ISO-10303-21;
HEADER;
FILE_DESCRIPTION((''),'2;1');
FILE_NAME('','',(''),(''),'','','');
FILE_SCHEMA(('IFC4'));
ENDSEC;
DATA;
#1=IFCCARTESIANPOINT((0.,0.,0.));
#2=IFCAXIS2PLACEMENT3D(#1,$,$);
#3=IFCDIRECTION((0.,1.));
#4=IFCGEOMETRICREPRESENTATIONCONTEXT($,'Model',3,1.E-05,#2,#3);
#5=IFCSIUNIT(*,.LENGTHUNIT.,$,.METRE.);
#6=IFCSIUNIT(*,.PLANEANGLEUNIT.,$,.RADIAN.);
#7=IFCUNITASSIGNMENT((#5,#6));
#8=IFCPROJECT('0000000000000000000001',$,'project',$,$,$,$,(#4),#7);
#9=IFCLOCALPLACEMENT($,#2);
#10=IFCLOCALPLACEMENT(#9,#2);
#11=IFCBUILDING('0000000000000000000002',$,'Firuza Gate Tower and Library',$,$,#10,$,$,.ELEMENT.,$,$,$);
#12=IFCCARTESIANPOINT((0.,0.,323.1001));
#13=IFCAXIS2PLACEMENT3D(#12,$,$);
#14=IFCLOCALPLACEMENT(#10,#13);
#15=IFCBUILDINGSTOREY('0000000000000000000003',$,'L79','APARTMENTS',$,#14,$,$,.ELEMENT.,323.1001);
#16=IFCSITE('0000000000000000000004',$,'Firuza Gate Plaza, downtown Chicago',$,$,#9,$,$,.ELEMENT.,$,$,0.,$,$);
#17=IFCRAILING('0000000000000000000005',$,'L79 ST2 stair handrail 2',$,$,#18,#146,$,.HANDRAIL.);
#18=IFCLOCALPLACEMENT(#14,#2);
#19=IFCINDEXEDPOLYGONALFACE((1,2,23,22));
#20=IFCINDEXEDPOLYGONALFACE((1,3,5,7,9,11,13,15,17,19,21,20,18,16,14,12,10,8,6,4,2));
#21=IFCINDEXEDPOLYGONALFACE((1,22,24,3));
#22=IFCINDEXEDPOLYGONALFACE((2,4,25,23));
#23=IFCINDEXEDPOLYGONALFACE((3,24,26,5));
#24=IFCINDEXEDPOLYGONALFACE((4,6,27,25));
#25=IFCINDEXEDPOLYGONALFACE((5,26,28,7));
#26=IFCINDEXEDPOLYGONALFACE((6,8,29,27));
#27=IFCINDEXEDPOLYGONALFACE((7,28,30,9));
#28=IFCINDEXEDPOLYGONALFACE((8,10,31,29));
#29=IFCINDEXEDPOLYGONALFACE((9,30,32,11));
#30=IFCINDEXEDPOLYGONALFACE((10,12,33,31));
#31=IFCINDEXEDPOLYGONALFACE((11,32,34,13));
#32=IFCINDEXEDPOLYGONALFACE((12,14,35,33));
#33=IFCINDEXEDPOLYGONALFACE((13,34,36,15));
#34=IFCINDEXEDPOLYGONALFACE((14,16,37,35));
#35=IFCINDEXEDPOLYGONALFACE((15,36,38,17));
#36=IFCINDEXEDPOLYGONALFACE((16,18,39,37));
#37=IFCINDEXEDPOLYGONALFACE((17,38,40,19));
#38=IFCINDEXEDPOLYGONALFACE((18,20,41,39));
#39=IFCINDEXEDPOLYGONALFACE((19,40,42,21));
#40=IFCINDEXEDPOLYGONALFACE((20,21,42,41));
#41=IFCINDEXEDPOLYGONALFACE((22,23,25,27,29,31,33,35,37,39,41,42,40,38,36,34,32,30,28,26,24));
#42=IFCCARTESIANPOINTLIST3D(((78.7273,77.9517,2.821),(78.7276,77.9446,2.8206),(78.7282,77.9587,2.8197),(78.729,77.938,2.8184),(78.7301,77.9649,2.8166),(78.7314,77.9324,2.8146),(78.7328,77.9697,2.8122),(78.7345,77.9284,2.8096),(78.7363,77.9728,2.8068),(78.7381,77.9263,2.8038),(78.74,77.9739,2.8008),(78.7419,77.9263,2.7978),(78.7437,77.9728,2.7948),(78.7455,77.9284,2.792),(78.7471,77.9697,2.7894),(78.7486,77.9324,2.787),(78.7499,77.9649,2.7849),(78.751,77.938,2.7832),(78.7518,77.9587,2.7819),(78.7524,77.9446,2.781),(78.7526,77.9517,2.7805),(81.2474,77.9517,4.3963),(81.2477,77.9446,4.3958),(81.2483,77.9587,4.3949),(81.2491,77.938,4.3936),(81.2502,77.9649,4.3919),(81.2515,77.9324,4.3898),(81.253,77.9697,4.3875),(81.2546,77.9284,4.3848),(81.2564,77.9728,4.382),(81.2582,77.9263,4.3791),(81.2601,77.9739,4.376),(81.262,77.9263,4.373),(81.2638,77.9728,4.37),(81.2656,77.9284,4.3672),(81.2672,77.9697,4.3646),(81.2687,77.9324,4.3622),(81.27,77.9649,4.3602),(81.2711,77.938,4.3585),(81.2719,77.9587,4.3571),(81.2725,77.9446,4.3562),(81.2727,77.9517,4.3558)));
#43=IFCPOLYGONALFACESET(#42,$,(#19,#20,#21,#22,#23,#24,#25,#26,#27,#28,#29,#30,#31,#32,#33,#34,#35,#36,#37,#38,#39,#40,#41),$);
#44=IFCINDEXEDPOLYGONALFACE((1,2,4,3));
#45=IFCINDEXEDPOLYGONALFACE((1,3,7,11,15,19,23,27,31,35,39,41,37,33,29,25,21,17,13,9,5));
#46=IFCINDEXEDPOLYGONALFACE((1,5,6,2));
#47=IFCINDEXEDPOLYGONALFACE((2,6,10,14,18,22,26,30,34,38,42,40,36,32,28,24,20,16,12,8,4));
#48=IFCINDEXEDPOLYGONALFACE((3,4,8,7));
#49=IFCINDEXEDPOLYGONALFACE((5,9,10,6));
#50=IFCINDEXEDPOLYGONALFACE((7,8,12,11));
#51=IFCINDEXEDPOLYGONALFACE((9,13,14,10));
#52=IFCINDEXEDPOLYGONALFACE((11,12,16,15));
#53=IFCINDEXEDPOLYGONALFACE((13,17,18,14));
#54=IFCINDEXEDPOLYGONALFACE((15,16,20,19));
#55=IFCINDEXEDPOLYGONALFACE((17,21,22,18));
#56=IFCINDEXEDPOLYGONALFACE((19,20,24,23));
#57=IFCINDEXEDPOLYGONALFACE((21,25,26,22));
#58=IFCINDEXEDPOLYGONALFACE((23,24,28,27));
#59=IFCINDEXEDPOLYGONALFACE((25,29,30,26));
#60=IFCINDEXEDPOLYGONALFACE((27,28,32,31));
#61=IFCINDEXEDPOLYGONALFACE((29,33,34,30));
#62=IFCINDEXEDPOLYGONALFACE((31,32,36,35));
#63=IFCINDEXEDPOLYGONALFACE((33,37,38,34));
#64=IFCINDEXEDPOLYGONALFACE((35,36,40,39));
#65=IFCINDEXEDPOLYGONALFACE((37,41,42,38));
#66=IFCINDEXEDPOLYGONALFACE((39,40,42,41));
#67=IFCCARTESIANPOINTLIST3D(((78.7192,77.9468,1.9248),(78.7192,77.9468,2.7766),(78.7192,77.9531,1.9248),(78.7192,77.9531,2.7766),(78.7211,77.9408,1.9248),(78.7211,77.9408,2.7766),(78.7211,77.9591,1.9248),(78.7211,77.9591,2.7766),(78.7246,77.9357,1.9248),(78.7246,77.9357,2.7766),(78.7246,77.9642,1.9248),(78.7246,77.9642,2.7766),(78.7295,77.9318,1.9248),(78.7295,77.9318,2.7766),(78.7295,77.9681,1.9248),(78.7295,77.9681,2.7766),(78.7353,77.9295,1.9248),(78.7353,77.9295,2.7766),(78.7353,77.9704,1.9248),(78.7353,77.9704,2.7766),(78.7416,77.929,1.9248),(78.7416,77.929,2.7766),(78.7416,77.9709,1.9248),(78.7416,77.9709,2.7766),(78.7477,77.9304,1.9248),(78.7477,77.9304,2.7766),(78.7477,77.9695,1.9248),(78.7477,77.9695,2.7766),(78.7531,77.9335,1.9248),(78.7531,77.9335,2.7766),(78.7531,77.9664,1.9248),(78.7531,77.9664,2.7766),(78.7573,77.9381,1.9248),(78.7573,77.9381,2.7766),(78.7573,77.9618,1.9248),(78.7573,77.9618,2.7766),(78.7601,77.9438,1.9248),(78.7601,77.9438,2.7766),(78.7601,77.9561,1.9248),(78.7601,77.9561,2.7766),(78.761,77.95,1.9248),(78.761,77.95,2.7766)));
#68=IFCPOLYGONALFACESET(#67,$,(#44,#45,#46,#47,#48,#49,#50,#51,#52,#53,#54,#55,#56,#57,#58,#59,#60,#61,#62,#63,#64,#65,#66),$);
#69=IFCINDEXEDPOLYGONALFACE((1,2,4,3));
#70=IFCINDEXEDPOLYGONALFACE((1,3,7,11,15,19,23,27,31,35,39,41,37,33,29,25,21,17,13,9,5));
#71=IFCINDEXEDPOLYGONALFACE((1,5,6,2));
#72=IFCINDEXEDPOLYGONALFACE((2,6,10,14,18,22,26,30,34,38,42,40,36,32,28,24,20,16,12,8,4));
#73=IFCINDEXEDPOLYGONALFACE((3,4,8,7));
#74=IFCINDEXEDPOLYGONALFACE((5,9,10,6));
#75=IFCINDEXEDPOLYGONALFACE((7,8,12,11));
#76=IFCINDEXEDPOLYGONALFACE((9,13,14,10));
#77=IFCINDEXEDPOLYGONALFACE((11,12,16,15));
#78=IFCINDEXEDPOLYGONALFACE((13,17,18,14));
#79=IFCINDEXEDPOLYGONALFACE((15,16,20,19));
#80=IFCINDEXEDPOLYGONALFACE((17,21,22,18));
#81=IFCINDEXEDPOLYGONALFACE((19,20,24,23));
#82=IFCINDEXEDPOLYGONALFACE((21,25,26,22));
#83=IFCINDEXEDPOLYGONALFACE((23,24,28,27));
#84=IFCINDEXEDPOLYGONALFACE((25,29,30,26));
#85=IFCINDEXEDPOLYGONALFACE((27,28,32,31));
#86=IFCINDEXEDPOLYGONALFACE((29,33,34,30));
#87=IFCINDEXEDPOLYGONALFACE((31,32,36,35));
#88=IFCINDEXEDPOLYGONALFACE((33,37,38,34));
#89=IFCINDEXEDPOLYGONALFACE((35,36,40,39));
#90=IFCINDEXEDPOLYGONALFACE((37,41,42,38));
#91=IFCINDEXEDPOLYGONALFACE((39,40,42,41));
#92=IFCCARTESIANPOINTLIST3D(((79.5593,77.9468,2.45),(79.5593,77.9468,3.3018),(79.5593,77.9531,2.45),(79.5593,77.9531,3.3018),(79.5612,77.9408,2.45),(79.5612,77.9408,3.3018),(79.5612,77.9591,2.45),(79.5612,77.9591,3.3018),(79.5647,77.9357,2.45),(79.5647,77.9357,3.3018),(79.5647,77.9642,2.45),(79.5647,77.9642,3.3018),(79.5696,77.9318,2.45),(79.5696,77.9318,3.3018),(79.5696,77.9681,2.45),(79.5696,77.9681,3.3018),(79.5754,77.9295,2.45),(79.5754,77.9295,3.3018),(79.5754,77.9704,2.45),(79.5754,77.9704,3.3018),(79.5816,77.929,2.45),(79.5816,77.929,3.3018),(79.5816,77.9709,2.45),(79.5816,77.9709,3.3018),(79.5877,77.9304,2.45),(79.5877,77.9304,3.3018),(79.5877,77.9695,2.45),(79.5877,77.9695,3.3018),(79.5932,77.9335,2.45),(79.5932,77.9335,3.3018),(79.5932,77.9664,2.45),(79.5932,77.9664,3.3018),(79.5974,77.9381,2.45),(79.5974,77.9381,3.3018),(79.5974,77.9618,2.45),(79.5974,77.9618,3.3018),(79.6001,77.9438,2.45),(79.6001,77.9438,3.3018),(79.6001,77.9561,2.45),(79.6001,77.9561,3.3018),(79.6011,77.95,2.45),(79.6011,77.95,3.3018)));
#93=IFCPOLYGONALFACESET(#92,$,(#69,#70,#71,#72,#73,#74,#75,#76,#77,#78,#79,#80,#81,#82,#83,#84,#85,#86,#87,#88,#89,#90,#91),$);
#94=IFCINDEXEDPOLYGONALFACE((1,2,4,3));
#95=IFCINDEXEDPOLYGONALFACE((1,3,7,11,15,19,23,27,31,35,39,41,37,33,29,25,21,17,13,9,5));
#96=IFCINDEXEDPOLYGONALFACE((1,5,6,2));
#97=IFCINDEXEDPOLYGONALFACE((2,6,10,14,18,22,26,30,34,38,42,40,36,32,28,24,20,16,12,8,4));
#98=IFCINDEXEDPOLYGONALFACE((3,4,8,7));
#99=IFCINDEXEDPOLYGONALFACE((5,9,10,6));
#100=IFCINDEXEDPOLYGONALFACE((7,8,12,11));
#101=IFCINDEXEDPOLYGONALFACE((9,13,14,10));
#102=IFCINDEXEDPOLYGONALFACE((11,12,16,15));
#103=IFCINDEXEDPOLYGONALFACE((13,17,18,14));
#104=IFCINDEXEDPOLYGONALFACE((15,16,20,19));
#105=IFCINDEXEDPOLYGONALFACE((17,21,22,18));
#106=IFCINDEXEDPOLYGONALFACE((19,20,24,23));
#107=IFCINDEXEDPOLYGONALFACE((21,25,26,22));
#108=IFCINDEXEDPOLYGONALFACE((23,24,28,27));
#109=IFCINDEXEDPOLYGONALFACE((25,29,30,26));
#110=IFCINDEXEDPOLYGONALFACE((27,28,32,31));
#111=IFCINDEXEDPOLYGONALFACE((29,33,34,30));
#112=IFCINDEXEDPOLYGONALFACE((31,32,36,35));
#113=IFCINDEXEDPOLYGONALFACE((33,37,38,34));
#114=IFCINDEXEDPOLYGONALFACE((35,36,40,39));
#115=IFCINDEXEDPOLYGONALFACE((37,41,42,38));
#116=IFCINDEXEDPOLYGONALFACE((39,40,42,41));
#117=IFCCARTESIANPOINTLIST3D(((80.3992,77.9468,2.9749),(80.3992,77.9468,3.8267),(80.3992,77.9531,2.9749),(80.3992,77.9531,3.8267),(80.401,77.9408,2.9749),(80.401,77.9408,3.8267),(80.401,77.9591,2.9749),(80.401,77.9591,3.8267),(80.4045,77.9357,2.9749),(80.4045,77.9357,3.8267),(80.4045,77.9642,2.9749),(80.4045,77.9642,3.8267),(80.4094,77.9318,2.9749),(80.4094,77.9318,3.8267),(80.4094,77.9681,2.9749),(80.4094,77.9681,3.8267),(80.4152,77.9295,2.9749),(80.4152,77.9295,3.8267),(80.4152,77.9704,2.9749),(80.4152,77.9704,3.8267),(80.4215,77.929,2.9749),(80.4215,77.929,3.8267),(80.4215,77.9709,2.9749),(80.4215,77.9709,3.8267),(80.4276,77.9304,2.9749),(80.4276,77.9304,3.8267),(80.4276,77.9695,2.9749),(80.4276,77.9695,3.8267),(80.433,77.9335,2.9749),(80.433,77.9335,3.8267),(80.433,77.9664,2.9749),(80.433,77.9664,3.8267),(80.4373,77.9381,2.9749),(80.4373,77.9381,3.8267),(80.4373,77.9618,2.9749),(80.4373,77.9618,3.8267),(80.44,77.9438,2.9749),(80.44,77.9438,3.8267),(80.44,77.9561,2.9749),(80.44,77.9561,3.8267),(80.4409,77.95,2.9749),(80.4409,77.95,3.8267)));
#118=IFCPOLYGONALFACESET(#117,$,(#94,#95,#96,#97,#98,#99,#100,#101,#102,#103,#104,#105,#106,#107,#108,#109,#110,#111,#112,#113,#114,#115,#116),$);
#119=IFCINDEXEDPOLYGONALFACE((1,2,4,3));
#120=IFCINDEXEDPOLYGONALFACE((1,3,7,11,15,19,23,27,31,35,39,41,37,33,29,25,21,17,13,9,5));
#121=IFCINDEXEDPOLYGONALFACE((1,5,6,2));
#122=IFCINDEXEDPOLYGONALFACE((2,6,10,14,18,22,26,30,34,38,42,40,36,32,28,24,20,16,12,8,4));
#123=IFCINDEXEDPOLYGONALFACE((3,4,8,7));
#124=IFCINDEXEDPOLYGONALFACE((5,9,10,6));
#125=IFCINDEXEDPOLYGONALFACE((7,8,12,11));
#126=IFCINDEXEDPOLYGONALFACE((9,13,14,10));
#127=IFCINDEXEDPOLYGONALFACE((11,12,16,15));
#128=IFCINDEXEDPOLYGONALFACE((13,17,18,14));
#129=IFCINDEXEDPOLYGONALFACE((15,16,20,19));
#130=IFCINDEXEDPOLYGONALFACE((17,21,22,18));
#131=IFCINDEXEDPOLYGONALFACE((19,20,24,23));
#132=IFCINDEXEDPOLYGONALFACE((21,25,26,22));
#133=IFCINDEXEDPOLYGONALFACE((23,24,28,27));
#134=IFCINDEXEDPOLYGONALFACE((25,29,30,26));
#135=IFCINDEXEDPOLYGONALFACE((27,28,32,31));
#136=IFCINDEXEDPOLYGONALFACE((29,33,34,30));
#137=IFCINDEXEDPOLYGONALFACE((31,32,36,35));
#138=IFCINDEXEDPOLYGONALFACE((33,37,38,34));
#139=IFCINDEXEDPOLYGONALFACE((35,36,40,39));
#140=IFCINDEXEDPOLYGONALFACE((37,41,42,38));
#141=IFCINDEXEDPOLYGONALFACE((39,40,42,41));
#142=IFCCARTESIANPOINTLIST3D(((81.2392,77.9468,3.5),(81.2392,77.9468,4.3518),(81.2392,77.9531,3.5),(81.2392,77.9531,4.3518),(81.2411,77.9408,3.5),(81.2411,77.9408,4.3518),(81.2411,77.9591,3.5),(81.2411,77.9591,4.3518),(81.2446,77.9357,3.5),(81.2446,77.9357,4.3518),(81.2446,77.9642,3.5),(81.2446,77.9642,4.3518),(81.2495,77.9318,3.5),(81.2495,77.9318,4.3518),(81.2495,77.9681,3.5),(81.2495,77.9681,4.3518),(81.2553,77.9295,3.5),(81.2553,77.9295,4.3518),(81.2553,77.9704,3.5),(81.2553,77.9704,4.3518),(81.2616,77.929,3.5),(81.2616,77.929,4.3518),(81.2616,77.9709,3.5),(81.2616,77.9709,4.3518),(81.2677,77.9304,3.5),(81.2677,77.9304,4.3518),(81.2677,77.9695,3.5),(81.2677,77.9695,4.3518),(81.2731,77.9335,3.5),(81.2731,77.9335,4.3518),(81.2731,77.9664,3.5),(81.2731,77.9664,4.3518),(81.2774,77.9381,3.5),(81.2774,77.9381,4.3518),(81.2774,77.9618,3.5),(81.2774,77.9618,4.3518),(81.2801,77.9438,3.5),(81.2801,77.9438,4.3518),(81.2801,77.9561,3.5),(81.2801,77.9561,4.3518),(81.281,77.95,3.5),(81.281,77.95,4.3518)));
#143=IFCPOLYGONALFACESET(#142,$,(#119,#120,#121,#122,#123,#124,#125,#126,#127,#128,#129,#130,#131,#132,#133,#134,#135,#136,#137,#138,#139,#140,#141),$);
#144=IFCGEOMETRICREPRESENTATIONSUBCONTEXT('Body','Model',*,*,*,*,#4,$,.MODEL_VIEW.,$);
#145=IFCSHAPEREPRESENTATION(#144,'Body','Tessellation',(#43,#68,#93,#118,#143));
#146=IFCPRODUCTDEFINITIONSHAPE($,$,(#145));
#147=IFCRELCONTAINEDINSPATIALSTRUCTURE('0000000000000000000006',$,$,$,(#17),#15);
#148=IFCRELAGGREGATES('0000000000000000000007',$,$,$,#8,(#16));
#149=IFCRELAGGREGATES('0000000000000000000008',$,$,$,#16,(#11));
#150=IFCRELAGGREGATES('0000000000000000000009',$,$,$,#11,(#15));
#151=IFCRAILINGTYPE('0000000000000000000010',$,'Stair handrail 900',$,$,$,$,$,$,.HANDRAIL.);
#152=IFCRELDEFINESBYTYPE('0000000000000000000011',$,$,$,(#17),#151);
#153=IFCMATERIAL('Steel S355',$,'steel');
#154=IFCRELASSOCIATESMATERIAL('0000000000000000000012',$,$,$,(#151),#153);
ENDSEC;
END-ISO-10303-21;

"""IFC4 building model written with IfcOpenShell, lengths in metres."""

from ifc_helpers import new_model, si_unit, direction, frame, origin, origin_2d, place, context, subcontext, project, spatial, circle, extrude, material, type_object, element, save


model = new_model("IFC4")

# Units and contexts
model_context = context("Model", 3, precision=1e-05, world=origin(), true_north=direction((0.0, 1.0)))
body_context = subcontext(model_context, "Body", "Model", "MODEL_VIEW")
ifc_project = project(units=[si_unit("LENGTHUNIT", "METRE"), si_unit("PLANEANGLEUNIT", "RADIAN")], contexts=[model_context])

# Site, building, storey
site_placement = place(None, origin())
site = spatial("IfcSite", under=ifc_project, at=site_placement, Name="Firuza Gate Plaza, downtown Chicago", CompositionType="ELEMENT", RefElevation=0.0)
building_placement = place(site_placement, origin())
building = spatial("IfcBuilding", under=site, at=building_placement, Name="Firuza Gate Tower and Library", CompositionType="ELEMENT")
storey_placement = place(building_placement, frame((0.0, 0.0, 323.1001)))
storey = spatial("IfcBuildingStorey", under=building, at=storey_placement, Name="L79", Description="APARTMENTS", CompositionType="ELEMENT", Elevation=323.1001)

# Railing
ifc_material_1 = material(Name="Steel S355", Category="steel")
railing_type_1 = type_object("IfcRailingType", Name="Stair handrail 900", PredefinedType="HANDRAIL", material=ifc_material_1)
railing_1_placement = place(storey_placement, frame((78.74, 77.95, 1.9248)))
element("IfcRailing", 1, at=railing_1_placement, inside=storey, type_object=railing_type_1, Name="L79 ST2 stair handrail 2", PredefinedType="HANDRAIL", context=body_context, shape_type="SweptSolid", body=[
    extrude(circle(Radius=0.0239, at=origin_2d()), frame((0.0, 0.0, 0.876), z_axis=(0.847971, 0.0, 0.530043), x_axis=(0.0, 1.0, 0.0)), (0.0, 0.0, 1.0), 2.9719),
    extrude(circle(Radius=0.021, at=origin_2d()), origin(), (0.0, 0.0, 1.0), 0.8518),
    extrude(circle(Radius=0.021, at=origin_2d()), frame((0.8401, 0.0, 0.5251)), (0.0, 0.0, 1.0), 0.8518),
    extrude(circle(Radius=0.021, at=origin_2d()), frame((1.6799, 0.0, 1.05)), (0.0, 0.0, 1.0), 0.8518),
    extrude(circle(Radius=0.021, at=origin_2d()), frame((2.52, 0.0, 1.5752)), (0.0, 0.0, 1.0), 0.8518),
])

save(model, "model.ifc")
